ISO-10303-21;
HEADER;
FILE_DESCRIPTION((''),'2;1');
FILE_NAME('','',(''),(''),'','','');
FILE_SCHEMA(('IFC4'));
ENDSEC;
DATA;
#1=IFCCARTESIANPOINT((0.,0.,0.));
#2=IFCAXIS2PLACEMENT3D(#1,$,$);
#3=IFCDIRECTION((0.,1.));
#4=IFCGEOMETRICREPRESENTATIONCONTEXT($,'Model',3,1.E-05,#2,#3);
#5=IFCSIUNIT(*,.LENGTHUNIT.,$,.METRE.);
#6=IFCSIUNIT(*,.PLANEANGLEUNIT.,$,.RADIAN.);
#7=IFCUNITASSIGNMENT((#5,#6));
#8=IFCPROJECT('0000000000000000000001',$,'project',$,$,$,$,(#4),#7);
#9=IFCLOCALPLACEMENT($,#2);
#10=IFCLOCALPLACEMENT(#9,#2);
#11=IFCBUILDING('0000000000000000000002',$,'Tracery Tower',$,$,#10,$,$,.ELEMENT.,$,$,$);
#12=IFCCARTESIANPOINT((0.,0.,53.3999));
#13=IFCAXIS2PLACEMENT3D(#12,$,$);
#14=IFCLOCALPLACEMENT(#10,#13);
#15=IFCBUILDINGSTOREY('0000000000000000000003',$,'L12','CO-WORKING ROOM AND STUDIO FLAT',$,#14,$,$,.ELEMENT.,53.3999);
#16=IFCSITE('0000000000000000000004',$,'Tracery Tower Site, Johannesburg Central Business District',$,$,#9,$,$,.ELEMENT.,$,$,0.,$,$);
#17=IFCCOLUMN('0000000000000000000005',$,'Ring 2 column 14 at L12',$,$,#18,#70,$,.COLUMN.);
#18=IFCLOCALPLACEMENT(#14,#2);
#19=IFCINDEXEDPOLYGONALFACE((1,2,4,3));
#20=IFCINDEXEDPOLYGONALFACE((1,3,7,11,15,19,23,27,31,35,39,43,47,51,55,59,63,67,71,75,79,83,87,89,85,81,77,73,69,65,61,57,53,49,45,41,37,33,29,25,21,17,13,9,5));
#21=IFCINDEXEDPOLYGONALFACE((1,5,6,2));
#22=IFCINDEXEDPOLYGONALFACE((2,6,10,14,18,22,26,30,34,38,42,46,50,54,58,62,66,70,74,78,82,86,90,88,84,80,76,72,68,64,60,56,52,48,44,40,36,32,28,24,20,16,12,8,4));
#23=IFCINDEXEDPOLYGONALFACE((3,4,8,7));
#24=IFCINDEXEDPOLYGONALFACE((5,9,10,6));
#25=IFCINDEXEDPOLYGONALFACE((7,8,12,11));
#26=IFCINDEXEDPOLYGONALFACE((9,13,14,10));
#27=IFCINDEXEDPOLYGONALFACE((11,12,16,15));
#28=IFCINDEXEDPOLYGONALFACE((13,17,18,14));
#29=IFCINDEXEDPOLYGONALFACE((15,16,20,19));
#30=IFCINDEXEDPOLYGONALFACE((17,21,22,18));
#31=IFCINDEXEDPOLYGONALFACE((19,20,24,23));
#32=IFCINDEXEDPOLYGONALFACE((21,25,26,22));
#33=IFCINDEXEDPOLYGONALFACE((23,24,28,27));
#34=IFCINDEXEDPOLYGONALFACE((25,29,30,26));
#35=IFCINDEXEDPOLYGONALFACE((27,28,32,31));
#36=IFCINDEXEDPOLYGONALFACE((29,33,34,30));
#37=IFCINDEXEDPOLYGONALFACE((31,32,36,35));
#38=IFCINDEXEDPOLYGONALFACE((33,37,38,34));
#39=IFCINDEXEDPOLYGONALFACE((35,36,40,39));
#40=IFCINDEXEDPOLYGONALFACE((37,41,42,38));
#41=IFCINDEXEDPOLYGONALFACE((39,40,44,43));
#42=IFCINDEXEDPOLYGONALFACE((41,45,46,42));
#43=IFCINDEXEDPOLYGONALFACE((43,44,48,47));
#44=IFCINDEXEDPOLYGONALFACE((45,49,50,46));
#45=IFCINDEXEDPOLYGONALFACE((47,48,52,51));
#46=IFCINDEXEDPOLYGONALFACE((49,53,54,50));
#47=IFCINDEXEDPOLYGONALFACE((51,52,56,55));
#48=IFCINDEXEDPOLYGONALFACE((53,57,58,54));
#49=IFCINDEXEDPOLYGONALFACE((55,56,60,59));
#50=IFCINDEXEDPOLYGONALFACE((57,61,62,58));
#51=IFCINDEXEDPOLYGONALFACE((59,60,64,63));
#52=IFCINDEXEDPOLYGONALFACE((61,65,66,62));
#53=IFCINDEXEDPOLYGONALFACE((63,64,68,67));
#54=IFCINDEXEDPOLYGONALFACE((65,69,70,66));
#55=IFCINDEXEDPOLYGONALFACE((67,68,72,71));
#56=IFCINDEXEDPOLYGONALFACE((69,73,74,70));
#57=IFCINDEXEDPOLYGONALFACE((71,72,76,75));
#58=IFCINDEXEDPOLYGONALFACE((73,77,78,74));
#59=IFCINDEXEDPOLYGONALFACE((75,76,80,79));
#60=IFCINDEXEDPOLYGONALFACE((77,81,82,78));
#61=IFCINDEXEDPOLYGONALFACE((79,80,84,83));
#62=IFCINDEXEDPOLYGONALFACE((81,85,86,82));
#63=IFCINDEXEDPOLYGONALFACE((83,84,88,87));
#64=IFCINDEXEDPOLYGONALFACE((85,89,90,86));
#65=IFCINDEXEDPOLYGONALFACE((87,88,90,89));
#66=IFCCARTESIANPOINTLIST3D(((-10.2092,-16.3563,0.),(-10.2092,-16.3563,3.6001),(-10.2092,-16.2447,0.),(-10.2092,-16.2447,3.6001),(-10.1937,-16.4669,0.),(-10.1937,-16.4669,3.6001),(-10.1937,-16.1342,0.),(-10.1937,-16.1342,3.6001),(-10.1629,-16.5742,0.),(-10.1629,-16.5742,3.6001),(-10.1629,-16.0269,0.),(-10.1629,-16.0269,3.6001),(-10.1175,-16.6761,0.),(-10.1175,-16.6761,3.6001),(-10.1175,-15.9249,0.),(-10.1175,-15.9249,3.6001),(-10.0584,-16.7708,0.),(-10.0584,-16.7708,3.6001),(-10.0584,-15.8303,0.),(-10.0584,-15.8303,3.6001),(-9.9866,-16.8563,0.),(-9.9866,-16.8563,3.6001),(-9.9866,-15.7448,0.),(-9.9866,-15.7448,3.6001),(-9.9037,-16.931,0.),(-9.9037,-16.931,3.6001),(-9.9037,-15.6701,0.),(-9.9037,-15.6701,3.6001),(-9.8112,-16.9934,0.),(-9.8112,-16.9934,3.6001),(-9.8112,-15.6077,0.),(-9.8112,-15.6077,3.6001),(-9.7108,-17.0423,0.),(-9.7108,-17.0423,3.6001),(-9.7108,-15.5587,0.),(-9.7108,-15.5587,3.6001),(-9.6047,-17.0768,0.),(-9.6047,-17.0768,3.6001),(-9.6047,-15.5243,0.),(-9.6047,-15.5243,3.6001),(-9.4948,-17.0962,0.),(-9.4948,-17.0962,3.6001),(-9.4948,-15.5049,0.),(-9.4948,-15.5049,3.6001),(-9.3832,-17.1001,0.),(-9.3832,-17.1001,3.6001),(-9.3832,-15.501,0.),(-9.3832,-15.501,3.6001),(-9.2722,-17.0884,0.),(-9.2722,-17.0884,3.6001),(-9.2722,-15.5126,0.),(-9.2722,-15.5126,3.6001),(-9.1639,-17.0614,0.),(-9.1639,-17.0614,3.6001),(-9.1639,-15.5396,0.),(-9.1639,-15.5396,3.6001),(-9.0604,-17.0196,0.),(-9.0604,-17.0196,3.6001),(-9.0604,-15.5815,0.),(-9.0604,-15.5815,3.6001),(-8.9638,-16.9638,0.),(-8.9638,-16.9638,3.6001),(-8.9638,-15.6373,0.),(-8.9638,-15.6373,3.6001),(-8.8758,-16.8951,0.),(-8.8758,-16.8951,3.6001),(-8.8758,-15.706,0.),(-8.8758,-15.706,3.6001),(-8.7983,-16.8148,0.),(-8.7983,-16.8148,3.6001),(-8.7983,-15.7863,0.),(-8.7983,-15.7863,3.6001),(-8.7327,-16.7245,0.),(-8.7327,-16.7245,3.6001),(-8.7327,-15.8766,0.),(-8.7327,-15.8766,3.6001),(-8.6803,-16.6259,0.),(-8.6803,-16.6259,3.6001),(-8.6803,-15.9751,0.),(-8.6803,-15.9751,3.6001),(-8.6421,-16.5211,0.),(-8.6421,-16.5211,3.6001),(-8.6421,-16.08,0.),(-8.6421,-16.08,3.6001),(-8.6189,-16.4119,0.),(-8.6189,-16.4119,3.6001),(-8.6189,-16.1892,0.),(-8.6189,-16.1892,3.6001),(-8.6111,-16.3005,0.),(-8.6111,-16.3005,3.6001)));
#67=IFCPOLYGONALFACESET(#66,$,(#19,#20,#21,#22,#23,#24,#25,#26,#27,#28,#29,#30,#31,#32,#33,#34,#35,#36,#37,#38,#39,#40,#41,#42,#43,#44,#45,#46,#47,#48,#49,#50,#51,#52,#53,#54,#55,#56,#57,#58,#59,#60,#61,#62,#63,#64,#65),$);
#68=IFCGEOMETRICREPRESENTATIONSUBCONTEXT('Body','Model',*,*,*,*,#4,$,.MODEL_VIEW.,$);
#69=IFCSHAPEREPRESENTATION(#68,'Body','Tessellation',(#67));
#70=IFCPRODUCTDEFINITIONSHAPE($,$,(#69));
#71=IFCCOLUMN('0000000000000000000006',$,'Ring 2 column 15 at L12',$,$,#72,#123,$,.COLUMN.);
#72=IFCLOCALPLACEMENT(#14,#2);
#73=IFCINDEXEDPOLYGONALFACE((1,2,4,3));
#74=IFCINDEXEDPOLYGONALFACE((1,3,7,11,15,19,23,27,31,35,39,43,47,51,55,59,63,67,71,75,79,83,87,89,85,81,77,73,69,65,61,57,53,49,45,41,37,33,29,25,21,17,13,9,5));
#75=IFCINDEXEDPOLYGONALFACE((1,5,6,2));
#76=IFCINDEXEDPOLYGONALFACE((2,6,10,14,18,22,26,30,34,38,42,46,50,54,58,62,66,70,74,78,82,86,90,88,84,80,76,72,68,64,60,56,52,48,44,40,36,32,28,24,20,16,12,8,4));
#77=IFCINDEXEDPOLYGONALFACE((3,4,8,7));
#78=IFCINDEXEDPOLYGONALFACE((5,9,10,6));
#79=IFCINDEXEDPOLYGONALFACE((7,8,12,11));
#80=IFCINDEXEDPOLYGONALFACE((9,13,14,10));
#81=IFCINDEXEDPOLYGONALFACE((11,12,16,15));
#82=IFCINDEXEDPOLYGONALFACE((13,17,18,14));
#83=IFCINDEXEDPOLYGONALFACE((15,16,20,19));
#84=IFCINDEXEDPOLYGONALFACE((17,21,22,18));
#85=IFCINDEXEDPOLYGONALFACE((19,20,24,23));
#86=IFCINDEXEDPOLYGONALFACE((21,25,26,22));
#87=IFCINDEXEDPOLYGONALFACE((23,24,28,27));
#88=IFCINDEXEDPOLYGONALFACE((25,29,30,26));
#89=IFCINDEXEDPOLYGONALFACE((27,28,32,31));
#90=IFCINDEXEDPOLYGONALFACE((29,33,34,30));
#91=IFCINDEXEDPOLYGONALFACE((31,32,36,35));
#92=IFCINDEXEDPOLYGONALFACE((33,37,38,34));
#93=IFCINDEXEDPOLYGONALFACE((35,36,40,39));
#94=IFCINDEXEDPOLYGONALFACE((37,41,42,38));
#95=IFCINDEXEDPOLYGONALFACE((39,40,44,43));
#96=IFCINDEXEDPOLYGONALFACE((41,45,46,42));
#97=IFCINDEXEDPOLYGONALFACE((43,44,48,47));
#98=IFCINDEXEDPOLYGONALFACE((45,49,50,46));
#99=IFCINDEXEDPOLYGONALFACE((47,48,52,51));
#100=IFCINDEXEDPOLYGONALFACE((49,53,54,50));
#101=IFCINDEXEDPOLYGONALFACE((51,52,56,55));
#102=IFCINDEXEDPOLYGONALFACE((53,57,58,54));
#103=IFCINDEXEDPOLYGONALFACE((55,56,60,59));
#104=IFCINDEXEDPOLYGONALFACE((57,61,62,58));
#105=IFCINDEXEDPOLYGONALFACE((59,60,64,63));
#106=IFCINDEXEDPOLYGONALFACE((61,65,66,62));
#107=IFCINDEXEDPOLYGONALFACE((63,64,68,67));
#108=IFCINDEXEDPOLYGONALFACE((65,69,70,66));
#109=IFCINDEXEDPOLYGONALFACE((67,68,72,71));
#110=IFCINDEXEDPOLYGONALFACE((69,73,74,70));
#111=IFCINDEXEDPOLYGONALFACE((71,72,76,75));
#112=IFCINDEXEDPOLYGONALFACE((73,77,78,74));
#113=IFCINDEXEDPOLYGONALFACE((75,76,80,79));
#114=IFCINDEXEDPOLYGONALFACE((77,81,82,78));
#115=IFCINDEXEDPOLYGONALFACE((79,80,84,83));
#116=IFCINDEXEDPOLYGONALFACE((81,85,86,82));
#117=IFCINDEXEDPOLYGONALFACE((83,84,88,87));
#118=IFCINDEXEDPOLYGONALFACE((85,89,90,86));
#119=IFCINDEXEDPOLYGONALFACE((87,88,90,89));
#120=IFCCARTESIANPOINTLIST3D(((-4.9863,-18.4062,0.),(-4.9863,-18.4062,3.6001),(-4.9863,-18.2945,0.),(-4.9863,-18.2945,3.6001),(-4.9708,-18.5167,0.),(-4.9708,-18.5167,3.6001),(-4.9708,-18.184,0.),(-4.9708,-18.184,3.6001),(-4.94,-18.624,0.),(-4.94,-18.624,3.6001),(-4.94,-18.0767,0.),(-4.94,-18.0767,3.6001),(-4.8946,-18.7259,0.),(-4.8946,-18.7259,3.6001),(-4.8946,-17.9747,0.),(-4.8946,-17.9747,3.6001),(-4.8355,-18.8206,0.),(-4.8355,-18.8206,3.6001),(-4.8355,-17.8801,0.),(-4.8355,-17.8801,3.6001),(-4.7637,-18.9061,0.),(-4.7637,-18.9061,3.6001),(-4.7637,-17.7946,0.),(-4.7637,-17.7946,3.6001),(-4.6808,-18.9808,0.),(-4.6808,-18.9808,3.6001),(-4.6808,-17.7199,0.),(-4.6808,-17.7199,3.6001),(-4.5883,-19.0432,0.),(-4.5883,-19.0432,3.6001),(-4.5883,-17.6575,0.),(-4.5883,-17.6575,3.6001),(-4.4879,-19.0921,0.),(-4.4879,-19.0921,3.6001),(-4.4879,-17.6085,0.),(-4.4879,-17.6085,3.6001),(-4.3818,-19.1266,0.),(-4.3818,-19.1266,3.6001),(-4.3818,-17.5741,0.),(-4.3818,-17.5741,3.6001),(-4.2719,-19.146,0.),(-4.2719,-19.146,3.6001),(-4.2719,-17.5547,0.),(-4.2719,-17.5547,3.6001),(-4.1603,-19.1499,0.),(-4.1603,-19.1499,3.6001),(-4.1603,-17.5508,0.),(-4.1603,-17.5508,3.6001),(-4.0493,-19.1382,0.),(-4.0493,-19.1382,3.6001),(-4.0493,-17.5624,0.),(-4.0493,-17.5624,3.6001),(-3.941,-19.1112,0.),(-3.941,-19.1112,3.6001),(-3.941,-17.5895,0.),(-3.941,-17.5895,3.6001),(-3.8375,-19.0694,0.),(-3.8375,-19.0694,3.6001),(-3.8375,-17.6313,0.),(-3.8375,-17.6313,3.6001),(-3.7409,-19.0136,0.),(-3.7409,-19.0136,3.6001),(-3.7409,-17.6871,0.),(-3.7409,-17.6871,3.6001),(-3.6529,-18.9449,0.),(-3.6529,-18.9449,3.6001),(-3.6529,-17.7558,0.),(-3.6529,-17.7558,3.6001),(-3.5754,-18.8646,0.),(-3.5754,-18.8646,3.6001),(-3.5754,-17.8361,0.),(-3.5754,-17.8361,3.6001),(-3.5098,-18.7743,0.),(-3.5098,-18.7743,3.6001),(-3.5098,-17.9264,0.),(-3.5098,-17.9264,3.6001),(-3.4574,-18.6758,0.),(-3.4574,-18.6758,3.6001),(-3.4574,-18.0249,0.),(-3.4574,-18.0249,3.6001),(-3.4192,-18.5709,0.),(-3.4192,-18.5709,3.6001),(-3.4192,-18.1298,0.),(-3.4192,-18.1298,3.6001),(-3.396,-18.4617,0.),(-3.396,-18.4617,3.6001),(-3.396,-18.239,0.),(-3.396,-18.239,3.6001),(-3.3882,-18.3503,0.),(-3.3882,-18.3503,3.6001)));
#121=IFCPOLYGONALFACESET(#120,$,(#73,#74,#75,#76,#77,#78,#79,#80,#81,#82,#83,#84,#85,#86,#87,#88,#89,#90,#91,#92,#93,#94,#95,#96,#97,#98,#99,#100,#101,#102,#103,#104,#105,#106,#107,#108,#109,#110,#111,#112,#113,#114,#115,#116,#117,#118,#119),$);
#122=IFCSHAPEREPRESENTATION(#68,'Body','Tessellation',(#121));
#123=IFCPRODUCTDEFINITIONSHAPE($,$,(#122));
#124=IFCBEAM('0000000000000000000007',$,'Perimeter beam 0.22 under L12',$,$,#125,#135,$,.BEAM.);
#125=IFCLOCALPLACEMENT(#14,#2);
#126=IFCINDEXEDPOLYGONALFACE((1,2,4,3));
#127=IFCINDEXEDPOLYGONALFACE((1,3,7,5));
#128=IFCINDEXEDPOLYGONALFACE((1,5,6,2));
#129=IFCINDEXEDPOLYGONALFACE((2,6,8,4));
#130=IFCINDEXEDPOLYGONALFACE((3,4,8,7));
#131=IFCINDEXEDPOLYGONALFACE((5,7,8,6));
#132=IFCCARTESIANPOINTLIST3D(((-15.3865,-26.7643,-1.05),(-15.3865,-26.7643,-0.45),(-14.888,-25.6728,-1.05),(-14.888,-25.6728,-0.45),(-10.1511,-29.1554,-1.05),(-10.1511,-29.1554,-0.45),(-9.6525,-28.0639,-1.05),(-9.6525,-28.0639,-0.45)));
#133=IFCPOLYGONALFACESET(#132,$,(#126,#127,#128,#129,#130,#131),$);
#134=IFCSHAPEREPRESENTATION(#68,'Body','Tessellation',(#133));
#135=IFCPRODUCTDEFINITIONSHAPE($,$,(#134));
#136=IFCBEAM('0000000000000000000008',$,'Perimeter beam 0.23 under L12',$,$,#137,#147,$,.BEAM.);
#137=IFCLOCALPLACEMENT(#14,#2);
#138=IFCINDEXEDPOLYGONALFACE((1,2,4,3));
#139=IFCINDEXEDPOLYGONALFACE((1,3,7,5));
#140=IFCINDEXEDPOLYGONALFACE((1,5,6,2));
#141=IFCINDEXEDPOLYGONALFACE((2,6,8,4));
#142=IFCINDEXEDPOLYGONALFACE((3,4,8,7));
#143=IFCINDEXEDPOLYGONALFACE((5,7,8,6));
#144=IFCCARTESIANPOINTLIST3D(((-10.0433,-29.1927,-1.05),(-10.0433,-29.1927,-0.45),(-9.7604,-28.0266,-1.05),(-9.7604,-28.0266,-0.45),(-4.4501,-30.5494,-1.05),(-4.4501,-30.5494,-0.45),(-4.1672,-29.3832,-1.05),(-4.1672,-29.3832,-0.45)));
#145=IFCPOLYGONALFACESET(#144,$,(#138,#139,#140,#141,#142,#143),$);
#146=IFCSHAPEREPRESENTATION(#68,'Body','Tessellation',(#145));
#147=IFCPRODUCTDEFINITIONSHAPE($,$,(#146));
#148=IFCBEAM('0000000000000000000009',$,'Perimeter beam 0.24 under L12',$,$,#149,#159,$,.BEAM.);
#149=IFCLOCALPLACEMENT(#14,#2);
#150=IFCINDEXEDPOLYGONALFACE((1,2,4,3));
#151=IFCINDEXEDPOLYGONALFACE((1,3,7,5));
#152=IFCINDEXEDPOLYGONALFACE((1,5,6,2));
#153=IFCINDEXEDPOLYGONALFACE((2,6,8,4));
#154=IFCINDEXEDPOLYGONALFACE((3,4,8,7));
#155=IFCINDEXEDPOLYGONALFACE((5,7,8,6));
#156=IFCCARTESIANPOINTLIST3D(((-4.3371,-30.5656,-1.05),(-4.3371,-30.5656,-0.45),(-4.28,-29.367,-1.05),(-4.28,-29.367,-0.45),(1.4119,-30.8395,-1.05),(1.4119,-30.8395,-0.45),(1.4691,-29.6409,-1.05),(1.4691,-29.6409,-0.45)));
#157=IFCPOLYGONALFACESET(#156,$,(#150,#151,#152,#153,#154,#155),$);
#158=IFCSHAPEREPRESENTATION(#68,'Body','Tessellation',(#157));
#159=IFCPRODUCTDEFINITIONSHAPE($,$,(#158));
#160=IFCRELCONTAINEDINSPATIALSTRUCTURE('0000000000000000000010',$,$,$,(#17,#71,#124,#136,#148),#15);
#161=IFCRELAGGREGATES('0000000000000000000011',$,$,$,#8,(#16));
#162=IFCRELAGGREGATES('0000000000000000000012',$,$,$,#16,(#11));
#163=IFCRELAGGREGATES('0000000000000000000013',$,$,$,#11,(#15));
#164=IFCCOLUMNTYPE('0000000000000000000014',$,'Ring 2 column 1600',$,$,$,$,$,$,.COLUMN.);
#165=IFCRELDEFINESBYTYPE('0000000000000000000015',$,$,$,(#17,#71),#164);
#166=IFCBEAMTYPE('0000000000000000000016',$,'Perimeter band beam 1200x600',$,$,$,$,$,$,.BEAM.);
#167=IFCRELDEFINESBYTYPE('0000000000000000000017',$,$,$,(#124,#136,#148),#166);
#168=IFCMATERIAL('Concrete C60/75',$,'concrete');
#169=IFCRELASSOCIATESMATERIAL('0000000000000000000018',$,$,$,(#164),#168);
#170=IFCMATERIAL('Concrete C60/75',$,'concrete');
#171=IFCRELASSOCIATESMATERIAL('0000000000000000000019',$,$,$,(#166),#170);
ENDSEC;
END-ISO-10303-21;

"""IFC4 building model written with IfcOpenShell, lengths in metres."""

from ifc_helpers import new_model, si_unit, direction, frame, origin, origin_2d, place, context, subcontext, project, spatial, rectangle, circle, extrude, material, material_profile, profile_set, type_object, element, save


model = new_model("IFC4")

# Units and contexts
model_context = context("Model", 3, precision=1e-05, world=origin(), true_north=direction((0.0, 1.0)))
body_context = subcontext(model_context, "Body", "Model", "MODEL_VIEW")
ifc_project = project(units=[si_unit("LENGTHUNIT", "METRE"), si_unit("PLANEANGLEUNIT", "RADIAN")], contexts=[model_context])

# Site, building, storey
site_placement = place(None, origin())
site = spatial("IfcSite", under=ifc_project, at=site_placement, Name="Tracery Tower Site, Johannesburg Central Business District", CompositionType="ELEMENT", RefElevation=0.0)
building_placement = place(site_placement, origin())
building = spatial("IfcBuilding", under=site, at=building_placement, Name="Tracery Tower", CompositionType="ELEMENT")
storey_placement = place(building_placement, frame((0.0, 0.0, 53.3999)))
storey = spatial("IfcBuildingStorey", under=building, at=storey_placement, Name="L12", Description="CO-WORKING ROOM AND STUDIO FLAT", CompositionType="ELEMENT", Elevation=53.3999)

# Columns
ifc_material_1 = material(Name="Concrete C60/75", Category="concrete")
ifc_material_profile_1 = material_profile(ifc_material_1, circle(Radius=0.8, at=origin_2d()), Name="RC D1600")
ifc_profile_set_1 = profile_set([ifc_material_profile_1], Name="Concrete C60/75")
column_type_1 = type_object("IfcColumnType", Name="Ring 2 column 1600", PredefinedType="COLUMN", material=ifc_profile_set_1)
for number, where, z_axis, x_axis, name in (
    (1, (-9.4111, -16.3005, 0.0), (0.0, 0.0, 1.0), (1.0, 0.0, 0.0), "Ring 2 column 14 at L12"),
    (2, (-4.1882, -18.3503, 0.0), (0.0, 0.0, 1.0), (1.0, 0.0, 0.0), "Ring 2 column 15 at L12"),
):
    element("IfcColumn", number, at=place(storey_placement, frame(where, z_axis=z_axis, x_axis=x_axis)), inside=storey, type_object=column_type_1, Name=name, PredefinedType="COLUMN", context=body_context, shape_type="SweptSolid", body=[
        extrude(circle(Radius=0.8, at=origin_2d()), origin(), (0.0, 0.0, 1.0), 3.6001),
    ])

# Beams
ifc_material_2 = material(Name="Concrete C60/75", Category="concrete")
ifc_material_profile_2 = material_profile(ifc_material_2, rectangle(XDim=1.2, YDim=0.6001, at=origin_2d()), Name="RC 1200x600")
ifc_profile_set_2 = profile_set([ifc_material_profile_2], Name="Concrete C60/75")
beam_type = type_object("IfcBeamType", Name="Perimeter band beam 1200x600", PredefinedType="BEAM", material=ifc_profile_set_2)
beam_1_placement = place(storey_placement, frame((-15.1372, -26.2185, -0.75), z_axis=(0.909618, -0.415445, 0.0), x_axis=(0.415445, 0.909618, 0.0)))
element("IfcBeam", 3, at=beam_1_placement, inside=storey, type_object=beam_type, Name="Perimeter beam 0.22 under L12", PredefinedType="BEAM", context=body_context, shape_type="SweptSolid", body=[
    extrude(rectangle(XDim=1.2, YDim=0.6001, at=origin_2d()), origin(), (0.0, 0.0, 1.0), 5.7556),
])
beam_2_placement = place(storey_placement, frame((-9.9019, -28.6096, -0.75), z_axis=(0.97182, -0.235723, 0.0), x_axis=(0.235723, 0.97182, 0.0)))
element("IfcBeam", 4, at=beam_2_placement, inside=storey, type_object=beam_type, Name="Perimeter beam 0.23 under L12", PredefinedType="BEAM", context=body_context, shape_type="SweptSolid", body=[
    extrude(rectangle(XDim=1.2, YDim=0.6001, at=origin_2d()), origin(), (0.0, 0.0, 1.0), 5.7554),
])
beam_3_placement = place(storey_placement, frame((-4.3086, -29.9663, -0.75), z_axis=(0.998867, -0.047593, 0.0), x_axis=(0.047593, 0.998867, 0.0)))
element("IfcBeam", 5, at=beam_3_placement, inside=storey, type_object=beam_type, Name="Perimeter beam 0.24 under L12", PredefinedType="BEAM", context=body_context, shape_type="SweptSolid", body=[
    extrude(rectangle(XDim=1.2, YDim=0.6001, at=origin_2d()), origin(), (0.0, 0.0, 1.0), 5.7556),
])

save(model, "model.ifc")
